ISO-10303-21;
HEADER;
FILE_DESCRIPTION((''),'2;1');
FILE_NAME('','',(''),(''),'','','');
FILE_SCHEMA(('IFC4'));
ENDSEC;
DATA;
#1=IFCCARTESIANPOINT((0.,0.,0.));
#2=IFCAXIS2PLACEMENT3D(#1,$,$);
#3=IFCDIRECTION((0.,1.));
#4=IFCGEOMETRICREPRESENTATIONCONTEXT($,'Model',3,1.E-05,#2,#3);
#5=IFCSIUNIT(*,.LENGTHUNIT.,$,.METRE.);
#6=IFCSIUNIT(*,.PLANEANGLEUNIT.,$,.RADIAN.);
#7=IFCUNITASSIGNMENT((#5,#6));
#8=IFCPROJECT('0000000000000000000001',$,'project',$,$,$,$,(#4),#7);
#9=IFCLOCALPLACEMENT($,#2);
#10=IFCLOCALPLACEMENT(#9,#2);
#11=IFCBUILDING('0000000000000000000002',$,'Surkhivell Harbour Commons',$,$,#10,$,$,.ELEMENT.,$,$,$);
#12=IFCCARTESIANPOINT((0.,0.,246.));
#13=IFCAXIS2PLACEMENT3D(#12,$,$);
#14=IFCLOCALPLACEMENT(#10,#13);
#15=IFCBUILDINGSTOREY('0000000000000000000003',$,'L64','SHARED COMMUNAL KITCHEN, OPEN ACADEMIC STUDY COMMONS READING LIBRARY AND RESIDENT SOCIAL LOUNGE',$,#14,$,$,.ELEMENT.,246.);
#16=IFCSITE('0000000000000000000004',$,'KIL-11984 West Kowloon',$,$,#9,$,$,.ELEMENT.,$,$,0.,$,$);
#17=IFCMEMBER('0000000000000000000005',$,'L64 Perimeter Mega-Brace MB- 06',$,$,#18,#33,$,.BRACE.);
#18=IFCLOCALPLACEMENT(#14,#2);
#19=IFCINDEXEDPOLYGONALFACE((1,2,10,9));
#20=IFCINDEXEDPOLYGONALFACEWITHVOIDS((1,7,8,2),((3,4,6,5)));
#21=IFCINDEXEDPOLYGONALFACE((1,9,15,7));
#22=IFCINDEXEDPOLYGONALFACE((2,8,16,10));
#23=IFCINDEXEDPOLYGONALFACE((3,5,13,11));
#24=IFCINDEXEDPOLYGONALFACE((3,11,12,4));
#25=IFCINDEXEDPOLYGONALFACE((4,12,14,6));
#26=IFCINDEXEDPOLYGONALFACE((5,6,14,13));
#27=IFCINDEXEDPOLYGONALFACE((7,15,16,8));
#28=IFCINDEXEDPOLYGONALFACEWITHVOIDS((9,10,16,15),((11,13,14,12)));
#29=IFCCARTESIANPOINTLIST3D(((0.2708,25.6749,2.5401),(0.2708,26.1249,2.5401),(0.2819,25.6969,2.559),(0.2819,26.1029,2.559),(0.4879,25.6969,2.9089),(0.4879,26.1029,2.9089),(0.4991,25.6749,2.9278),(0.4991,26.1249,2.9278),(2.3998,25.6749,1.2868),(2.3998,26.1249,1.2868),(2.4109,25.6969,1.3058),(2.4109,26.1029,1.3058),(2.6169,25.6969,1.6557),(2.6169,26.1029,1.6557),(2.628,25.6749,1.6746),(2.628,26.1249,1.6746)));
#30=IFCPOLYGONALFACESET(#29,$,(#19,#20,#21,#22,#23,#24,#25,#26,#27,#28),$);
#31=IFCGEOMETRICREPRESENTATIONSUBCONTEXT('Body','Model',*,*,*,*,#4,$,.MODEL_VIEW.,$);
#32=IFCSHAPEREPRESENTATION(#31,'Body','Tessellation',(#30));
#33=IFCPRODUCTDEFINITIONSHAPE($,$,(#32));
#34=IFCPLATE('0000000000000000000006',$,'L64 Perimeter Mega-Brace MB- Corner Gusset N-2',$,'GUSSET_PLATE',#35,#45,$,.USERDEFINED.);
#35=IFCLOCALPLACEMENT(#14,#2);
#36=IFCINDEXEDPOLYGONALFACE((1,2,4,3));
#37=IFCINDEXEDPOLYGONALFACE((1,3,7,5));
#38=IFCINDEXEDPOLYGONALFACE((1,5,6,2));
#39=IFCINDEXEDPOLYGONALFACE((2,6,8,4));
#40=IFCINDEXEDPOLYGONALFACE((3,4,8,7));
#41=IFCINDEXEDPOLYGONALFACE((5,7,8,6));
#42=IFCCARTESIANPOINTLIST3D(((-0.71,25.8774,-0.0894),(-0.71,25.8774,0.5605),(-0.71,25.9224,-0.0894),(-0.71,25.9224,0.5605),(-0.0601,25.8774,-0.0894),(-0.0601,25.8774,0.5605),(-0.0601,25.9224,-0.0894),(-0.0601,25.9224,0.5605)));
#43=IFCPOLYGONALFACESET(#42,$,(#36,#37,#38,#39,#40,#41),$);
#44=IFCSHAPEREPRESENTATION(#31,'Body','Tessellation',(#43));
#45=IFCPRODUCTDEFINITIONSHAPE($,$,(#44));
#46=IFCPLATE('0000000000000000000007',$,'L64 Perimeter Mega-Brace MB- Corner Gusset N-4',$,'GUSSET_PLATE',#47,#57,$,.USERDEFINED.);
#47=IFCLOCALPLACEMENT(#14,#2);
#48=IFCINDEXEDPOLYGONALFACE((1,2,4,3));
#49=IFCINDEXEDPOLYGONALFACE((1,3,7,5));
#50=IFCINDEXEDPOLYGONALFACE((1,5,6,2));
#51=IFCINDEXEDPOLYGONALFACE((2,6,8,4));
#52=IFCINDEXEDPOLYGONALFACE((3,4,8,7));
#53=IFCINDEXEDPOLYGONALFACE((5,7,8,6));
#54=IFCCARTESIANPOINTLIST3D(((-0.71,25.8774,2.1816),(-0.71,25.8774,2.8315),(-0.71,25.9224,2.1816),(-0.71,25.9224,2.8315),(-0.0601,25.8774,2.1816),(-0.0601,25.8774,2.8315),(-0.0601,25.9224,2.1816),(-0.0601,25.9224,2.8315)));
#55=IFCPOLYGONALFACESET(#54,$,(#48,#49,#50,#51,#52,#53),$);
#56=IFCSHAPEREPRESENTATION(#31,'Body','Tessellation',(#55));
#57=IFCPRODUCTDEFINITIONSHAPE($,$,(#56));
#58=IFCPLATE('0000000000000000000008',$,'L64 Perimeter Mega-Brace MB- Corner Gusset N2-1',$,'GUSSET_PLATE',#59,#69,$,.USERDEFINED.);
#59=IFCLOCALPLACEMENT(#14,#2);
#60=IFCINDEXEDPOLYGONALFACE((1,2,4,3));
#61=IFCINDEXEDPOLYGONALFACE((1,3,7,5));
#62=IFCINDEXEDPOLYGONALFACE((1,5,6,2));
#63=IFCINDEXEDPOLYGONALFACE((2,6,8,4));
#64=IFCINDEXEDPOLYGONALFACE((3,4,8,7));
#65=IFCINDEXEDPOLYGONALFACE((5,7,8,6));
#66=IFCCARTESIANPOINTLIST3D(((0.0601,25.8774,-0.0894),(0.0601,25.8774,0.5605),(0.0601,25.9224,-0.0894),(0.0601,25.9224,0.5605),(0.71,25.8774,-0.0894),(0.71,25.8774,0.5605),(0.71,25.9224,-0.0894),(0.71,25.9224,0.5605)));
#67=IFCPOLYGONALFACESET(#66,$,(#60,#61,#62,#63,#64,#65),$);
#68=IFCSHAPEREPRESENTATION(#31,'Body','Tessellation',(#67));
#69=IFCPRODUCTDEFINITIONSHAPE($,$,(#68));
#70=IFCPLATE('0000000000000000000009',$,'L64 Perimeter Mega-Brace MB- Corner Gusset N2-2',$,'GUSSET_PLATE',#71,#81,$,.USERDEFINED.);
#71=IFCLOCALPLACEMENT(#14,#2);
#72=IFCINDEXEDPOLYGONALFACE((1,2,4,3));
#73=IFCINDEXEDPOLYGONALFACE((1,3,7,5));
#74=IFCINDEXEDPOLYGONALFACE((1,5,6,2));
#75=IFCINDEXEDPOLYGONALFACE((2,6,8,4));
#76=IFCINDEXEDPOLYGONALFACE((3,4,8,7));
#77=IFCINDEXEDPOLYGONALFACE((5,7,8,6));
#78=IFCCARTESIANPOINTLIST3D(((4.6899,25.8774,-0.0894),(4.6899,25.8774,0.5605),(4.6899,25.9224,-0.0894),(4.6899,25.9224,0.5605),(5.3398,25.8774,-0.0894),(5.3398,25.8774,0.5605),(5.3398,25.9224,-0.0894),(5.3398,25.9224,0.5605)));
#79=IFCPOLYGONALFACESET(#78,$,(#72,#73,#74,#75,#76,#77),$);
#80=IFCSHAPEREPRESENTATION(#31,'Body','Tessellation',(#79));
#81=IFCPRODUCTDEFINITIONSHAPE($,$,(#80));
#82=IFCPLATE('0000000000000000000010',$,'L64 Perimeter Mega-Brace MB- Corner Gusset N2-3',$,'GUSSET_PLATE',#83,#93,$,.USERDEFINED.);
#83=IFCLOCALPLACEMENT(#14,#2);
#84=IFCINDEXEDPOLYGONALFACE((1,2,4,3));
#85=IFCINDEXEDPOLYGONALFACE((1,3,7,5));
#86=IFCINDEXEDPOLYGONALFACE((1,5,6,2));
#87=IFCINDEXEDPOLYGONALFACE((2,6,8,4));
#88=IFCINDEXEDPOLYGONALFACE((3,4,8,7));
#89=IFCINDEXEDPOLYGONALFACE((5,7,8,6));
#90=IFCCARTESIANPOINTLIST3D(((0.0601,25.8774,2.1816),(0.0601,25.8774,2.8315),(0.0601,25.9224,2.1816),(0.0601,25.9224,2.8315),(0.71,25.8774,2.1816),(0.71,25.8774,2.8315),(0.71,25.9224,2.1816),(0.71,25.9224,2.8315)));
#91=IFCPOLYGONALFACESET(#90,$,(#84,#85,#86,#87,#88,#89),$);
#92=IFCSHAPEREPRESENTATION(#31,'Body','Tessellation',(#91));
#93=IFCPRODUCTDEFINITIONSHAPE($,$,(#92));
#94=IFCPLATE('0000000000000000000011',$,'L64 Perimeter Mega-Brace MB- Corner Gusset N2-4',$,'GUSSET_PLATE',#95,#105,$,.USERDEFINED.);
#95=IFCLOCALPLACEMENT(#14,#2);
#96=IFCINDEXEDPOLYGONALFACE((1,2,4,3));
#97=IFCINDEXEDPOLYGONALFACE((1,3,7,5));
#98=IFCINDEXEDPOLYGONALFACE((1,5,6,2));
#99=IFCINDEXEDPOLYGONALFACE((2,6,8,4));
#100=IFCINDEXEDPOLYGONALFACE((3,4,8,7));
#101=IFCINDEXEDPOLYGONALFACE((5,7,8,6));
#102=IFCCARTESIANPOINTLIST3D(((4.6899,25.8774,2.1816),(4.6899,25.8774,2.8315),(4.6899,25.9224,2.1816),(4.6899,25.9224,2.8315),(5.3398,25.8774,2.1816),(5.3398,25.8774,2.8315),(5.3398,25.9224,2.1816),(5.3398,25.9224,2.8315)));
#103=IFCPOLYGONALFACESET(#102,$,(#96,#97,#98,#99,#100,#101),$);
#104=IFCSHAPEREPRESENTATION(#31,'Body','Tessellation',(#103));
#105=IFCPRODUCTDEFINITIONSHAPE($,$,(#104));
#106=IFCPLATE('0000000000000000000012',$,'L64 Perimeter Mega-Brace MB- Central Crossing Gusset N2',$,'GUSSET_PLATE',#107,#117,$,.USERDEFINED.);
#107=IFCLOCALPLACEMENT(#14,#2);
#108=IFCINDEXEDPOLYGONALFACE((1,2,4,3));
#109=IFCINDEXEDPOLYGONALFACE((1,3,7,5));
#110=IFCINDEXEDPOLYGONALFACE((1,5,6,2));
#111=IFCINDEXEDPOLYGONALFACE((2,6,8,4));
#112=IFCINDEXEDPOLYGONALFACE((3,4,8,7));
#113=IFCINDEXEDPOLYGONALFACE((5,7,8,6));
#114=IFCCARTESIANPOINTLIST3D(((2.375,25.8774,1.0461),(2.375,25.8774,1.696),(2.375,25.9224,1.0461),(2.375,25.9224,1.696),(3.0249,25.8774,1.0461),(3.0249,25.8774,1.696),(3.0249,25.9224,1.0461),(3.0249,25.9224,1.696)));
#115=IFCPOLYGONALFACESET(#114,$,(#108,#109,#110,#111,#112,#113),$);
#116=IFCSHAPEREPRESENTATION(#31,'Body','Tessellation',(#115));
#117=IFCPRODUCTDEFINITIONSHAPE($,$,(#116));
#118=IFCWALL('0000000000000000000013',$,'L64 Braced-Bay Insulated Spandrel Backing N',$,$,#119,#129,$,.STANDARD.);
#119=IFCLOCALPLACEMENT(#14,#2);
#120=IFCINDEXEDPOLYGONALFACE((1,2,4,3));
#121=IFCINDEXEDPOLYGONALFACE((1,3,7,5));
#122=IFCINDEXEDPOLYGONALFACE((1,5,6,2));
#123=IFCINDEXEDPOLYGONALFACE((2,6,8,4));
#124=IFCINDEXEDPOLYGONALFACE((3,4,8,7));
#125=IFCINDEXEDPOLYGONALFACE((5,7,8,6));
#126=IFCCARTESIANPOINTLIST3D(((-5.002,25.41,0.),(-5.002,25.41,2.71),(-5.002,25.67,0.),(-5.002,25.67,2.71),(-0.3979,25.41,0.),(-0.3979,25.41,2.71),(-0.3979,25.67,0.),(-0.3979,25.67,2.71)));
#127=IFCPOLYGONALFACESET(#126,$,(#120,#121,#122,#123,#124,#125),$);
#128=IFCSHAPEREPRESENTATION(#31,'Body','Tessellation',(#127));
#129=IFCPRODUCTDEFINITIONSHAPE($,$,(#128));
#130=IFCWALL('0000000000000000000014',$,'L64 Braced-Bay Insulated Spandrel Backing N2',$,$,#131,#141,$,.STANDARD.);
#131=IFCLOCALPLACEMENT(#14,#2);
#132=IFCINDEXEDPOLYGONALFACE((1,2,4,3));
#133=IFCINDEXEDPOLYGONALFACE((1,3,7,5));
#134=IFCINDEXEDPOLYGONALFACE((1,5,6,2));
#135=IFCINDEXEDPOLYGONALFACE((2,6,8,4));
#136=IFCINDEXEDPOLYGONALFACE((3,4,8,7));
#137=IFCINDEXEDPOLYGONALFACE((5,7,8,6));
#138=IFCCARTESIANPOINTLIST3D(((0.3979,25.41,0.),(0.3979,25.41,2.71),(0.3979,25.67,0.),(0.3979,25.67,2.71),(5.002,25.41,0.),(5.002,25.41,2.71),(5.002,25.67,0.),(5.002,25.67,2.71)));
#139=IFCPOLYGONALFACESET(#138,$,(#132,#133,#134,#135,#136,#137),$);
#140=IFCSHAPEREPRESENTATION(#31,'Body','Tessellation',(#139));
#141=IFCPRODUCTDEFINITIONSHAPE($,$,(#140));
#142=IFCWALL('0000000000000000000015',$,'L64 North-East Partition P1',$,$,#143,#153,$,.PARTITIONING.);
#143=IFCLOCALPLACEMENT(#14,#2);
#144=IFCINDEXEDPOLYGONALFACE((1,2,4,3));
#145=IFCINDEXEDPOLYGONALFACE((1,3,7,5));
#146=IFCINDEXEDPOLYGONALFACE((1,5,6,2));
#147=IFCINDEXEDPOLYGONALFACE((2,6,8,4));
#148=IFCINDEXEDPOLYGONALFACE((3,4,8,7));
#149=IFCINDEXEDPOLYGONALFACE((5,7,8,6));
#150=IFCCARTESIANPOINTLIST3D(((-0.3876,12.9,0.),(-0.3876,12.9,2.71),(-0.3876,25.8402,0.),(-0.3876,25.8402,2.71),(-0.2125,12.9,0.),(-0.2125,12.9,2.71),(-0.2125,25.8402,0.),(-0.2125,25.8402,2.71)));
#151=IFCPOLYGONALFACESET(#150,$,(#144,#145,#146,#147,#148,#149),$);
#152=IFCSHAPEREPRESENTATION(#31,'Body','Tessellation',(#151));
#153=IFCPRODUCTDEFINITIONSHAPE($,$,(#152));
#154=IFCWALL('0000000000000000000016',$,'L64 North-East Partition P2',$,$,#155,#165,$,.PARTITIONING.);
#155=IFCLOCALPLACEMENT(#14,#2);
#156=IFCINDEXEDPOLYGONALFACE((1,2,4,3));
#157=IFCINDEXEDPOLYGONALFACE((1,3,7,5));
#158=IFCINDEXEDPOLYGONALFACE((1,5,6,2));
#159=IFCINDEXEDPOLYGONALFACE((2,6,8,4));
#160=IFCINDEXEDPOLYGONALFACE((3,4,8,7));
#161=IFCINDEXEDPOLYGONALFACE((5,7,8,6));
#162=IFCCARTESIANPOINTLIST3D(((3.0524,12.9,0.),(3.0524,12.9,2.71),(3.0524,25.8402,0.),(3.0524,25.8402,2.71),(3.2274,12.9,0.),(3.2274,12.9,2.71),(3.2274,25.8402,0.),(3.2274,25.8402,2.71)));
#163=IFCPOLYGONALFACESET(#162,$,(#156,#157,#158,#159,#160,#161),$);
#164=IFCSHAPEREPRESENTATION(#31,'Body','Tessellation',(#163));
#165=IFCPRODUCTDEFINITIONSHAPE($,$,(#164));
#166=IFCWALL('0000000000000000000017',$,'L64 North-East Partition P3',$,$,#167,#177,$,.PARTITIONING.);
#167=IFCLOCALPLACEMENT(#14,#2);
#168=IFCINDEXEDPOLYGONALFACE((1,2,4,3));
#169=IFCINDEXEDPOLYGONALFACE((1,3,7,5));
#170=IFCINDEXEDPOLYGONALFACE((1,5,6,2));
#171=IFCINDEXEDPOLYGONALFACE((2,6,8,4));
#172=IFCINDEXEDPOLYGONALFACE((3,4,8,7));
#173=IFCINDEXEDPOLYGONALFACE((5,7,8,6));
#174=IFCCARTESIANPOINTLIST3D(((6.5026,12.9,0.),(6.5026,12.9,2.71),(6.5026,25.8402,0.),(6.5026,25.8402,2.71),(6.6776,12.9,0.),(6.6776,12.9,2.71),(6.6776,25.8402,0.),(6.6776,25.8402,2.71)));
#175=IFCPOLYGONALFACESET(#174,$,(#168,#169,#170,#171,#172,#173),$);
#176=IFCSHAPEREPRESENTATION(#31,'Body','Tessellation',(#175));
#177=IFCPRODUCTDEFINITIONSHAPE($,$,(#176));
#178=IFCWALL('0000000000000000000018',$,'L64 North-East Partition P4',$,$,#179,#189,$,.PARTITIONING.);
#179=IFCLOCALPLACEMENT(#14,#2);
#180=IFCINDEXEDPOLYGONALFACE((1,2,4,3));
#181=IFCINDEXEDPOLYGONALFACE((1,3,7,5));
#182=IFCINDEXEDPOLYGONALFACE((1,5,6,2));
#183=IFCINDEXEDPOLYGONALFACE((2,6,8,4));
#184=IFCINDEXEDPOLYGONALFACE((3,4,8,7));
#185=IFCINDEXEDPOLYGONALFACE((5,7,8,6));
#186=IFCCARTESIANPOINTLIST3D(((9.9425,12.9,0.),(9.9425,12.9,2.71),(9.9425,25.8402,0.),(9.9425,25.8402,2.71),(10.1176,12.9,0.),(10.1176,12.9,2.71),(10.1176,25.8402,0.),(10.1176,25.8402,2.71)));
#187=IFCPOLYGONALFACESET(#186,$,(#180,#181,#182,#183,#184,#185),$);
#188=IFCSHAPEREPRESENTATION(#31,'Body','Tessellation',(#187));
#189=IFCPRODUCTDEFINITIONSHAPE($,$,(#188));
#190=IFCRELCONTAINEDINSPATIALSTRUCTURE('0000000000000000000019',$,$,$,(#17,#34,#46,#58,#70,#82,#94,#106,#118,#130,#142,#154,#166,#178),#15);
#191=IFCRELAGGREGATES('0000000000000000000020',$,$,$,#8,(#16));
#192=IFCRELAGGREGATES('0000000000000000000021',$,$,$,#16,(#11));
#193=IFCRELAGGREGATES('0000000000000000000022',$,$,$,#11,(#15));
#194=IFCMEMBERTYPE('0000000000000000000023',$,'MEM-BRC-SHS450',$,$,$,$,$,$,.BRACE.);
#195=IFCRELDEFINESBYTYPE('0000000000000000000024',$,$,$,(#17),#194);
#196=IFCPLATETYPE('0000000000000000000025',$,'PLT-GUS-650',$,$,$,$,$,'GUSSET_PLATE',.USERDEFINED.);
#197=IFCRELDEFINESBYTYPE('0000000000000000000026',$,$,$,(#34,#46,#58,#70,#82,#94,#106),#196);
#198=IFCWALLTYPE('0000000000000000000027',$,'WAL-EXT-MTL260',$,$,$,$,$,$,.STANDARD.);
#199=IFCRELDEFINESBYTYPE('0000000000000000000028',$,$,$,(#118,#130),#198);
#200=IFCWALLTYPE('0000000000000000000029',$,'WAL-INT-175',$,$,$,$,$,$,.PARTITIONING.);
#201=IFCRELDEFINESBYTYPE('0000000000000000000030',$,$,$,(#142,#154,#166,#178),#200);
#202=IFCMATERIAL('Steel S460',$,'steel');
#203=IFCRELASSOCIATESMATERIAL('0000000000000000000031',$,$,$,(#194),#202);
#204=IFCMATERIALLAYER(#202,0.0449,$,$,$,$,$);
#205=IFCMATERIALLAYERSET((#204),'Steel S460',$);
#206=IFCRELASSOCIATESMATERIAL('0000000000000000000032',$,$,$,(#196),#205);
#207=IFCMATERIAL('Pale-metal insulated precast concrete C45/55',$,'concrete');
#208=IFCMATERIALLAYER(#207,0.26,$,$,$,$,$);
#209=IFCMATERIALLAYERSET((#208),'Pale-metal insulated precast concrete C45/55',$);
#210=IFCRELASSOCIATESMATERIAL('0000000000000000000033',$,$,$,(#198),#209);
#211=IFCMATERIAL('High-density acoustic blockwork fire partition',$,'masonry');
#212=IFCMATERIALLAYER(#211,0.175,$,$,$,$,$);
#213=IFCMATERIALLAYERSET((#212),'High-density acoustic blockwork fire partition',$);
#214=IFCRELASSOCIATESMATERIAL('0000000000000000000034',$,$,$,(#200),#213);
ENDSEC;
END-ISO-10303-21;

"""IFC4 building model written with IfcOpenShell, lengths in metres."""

from ifc_helpers import new_model, si_unit, direction, frame, frame_2d, origin, origin_2d, place, context, subcontext, project, spatial, rectangle, hollow_rectangle, extrude, material, layer, layer_set, material_profile, profile_set, type_object, element, save


model = new_model("IFC4")

# Units and contexts
model_context = context("Model", 3, precision=1e-05, world=origin(), true_north=direction((0.0, 1.0)))
body_context = subcontext(model_context, "Body", "Model", "MODEL_VIEW")
ifc_project = project(units=[si_unit("LENGTHUNIT", "METRE"), si_unit("PLANEANGLEUNIT", "RADIAN")], contexts=[model_context])

# Site, building, storey
site_placement = place(None, origin())
site = spatial("IfcSite", under=ifc_project, at=site_placement, Name="KIL-11984 West Kowloon", CompositionType="ELEMENT", RefElevation=0.0)
building_placement = place(site_placement, origin())
building = spatial("IfcBuilding", under=site, at=building_placement, Name="Surkhivell Harbour Commons", CompositionType="ELEMENT")
storey_placement = place(building_placement, frame((0.0, 0.0, 246.0)))
storey = spatial("IfcBuildingStorey", under=building, at=storey_placement, Name="L64", Description="SHARED COMMUNAL KITCHEN, OPEN ACADEMIC STUDY COMMONS READING LIBRARY AND RESIDENT SOCIAL LOUNGE", CompositionType="ELEMENT", Elevation=246.0)

# Member
ifc_material_1 = material(Name="Steel S460", Category="steel")
ifc_material_profile_1 = material_profile(ifc_material_1, hollow_rectangle(XDim=0.45, YDim=0.45, WallThickness=0.022, at=origin_2d()), Name="SHS450x450x22")
ifc_profile_set_1 = profile_set([ifc_material_profile_1], Name="Steel S460")
member_type_1 = type_object("IfcMemberType", Name="MEM-BRC-SHS450", PredefinedType="BRACE", material=ifc_profile_set_1)
for number, where, z_axis, x_axis, name in (
    (1, (2.5139, 25.8999, 1.4807), (-0.861779, 0.0, 0.507284), (0.0, -1.0, 0.0), "L64 Perimeter Mega-Brace MB- 06"),
):
    element("IfcMember", number, at=place(storey_placement, frame(where, z_axis=z_axis, x_axis=x_axis)), inside=storey, type_object=member_type_1, Name=name, PredefinedType="BRACE", context=body_context, shape_type="SweptSolid", body=[
        extrude(hollow_rectangle(XDim=0.45, YDim=0.45, WallThickness=0.022, at=origin_2d()), origin(), (0.0, 0.0, 1.0), 2.4705),
    ])

# Plates
ifc_layer_1 = layer(ifc_material_1, 0.0449)
ifc_layer_set_1 = layer_set([ifc_layer_1], Name="Steel S460")
plate_type = type_object("IfcPlateType", Name="PLT-GUS-650", ElementType="GUSSET_PLATE", PredefinedType="USERDEFINED", material=ifc_layer_set_1)
for number, where, z_axis, x_axis, name in (
    (2, (-0.385, 25.8999, -0.0894), (0.0, 0.0, 1.0), (1.0, 0.0, 0.0), "L64 Perimeter Mega-Brace MB- Corner Gusset N-2"),
    (3, (-0.385, 25.8999, 2.1816), (0.0, 0.0, 1.0), (1.0, 0.0, 0.0), "L64 Perimeter Mega-Brace MB- Corner Gusset N-4"),
    (4, (0.385, 25.8999, -0.0894), (0.0, 0.0, 1.0), (1.0, 0.0, 0.0), "L64 Perimeter Mega-Brace MB- Corner Gusset N2-1"),
    (5, (5.0149, 25.8999, -0.0894), (0.0, 0.0, 1.0), (1.0, 0.0, 0.0), "L64 Perimeter Mega-Brace MB- Corner Gusset N2-2"),
    (6, (0.385, 25.8999, 2.1816), (0.0, 0.0, 1.0), (1.0, 0.0, 0.0), "L64 Perimeter Mega-Brace MB- Corner Gusset N2-3"),
    (7, (5.0149, 25.8999, 2.1816), (0.0, 0.0, 1.0), (1.0, 0.0, 0.0), "L64 Perimeter Mega-Brace MB- Corner Gusset N2-4"),
    (8, (2.7, 25.8999, 1.0461), (0.0, 0.0, 1.0), (1.0, 0.0, 0.0), "L64 Perimeter Mega-Brace MB- Central Crossing Gusset N2"),
):
    element("IfcPlate", number, at=place(storey_placement, frame(where, z_axis=z_axis, x_axis=x_axis)), inside=storey, type_object=plate_type, Name=name, ObjectType="GUSSET_PLATE", PredefinedType="USERDEFINED", context=body_context, shape_type="SweptSolid", body=[
        extrude(rectangle(XDim=0.6499, YDim=0.0449, at=origin_2d()), origin(), (0.0, 0.0, 1.0), 0.6499),
    ])

# Walls
ifc_material_2 = material(Name="Pale-metal insulated precast concrete C45/55", Category="concrete")
ifc_layer_2 = layer(ifc_material_2, 0.26)
ifc_layer_set_2 = layer_set([ifc_layer_2], Name="Pale-metal insulated precast concrete C45/55")
wall_type_1 = type_object("IfcWallType", Name="WAL-EXT-MTL260", PredefinedType="STANDARD", material=ifc_layer_set_2)
for number, where, z_axis, x_axis, name in (
    (9, (-0.3979, 25.54, 0.0), (0.0, 0.0, 1.0), (-1.0, 0.0, 0.0), "L64 Braced-Bay Insulated Spandrel Backing N"),
    (10, (5.002, 25.54, 0.0), (0.0, 0.0, 1.0), (-1.0, 0.0, 0.0), "L64 Braced-Bay Insulated Spandrel Backing N2"),
):
    element("IfcWall", number, at=place(storey_placement, frame(where, z_axis=z_axis, x_axis=x_axis)), inside=storey, type_object=wall_type_1, Name=name, PredefinedType="STANDARD", context=body_context, shape_type="SweptSolid", body=[
        extrude(rectangle(XDim=4.604, YDim=0.26, at=frame_2d((2.302, 0.0))), origin(), (0.0, 0.0, 1.0), 2.71),
    ])
ifc_material_3 = material(Name="High-density acoustic blockwork fire partition", Category="masonry")
ifc_layer_3 = layer(ifc_material_3, 0.175)
ifc_layer_set_3 = layer_set([ifc_layer_3], Name="High-density acoustic blockwork fire partition")
wall_type_2 = type_object("IfcWallType", Name="WAL-INT-175", PredefinedType="PARTITIONING", material=ifc_layer_set_3)
for number, where, z_axis, x_axis, name in (
    (11, (-0.3, 12.8999, 0.0), (0.0, 0.0, 1.0), (0.0, 1.0, 0.0), "L64 North-East Partition P1"),
    (12, (3.1399, 12.8999, 0.0), (0.0, 0.0, 1.0), (0.0, 1.0, 0.0), "L64 North-East Partition P2"),
    (13, (6.5901, 12.8999, 0.0), (0.0, 0.0, 1.0), (0.0, 1.0, 0.0), "L64 North-East Partition P3"),
    (14, (10.03, 12.8999, 0.0), (0.0, 0.0, 1.0), (0.0, 1.0, 0.0), "L64 North-East Partition P4"),
):
    element("IfcWall", number, at=place(storey_placement, frame(where, z_axis=z_axis, x_axis=x_axis)), inside=storey, type_object=wall_type_2, Name=name, PredefinedType="PARTITIONING", context=body_context, shape_type="SweptSolid", body=[
        extrude(rectangle(XDim=12.9402, YDim=0.175, at=frame_2d((6.4702, 0.0))), origin(), (0.0, 0.0, 1.0), 2.71),
    ])

save(model, "model.ifc")
